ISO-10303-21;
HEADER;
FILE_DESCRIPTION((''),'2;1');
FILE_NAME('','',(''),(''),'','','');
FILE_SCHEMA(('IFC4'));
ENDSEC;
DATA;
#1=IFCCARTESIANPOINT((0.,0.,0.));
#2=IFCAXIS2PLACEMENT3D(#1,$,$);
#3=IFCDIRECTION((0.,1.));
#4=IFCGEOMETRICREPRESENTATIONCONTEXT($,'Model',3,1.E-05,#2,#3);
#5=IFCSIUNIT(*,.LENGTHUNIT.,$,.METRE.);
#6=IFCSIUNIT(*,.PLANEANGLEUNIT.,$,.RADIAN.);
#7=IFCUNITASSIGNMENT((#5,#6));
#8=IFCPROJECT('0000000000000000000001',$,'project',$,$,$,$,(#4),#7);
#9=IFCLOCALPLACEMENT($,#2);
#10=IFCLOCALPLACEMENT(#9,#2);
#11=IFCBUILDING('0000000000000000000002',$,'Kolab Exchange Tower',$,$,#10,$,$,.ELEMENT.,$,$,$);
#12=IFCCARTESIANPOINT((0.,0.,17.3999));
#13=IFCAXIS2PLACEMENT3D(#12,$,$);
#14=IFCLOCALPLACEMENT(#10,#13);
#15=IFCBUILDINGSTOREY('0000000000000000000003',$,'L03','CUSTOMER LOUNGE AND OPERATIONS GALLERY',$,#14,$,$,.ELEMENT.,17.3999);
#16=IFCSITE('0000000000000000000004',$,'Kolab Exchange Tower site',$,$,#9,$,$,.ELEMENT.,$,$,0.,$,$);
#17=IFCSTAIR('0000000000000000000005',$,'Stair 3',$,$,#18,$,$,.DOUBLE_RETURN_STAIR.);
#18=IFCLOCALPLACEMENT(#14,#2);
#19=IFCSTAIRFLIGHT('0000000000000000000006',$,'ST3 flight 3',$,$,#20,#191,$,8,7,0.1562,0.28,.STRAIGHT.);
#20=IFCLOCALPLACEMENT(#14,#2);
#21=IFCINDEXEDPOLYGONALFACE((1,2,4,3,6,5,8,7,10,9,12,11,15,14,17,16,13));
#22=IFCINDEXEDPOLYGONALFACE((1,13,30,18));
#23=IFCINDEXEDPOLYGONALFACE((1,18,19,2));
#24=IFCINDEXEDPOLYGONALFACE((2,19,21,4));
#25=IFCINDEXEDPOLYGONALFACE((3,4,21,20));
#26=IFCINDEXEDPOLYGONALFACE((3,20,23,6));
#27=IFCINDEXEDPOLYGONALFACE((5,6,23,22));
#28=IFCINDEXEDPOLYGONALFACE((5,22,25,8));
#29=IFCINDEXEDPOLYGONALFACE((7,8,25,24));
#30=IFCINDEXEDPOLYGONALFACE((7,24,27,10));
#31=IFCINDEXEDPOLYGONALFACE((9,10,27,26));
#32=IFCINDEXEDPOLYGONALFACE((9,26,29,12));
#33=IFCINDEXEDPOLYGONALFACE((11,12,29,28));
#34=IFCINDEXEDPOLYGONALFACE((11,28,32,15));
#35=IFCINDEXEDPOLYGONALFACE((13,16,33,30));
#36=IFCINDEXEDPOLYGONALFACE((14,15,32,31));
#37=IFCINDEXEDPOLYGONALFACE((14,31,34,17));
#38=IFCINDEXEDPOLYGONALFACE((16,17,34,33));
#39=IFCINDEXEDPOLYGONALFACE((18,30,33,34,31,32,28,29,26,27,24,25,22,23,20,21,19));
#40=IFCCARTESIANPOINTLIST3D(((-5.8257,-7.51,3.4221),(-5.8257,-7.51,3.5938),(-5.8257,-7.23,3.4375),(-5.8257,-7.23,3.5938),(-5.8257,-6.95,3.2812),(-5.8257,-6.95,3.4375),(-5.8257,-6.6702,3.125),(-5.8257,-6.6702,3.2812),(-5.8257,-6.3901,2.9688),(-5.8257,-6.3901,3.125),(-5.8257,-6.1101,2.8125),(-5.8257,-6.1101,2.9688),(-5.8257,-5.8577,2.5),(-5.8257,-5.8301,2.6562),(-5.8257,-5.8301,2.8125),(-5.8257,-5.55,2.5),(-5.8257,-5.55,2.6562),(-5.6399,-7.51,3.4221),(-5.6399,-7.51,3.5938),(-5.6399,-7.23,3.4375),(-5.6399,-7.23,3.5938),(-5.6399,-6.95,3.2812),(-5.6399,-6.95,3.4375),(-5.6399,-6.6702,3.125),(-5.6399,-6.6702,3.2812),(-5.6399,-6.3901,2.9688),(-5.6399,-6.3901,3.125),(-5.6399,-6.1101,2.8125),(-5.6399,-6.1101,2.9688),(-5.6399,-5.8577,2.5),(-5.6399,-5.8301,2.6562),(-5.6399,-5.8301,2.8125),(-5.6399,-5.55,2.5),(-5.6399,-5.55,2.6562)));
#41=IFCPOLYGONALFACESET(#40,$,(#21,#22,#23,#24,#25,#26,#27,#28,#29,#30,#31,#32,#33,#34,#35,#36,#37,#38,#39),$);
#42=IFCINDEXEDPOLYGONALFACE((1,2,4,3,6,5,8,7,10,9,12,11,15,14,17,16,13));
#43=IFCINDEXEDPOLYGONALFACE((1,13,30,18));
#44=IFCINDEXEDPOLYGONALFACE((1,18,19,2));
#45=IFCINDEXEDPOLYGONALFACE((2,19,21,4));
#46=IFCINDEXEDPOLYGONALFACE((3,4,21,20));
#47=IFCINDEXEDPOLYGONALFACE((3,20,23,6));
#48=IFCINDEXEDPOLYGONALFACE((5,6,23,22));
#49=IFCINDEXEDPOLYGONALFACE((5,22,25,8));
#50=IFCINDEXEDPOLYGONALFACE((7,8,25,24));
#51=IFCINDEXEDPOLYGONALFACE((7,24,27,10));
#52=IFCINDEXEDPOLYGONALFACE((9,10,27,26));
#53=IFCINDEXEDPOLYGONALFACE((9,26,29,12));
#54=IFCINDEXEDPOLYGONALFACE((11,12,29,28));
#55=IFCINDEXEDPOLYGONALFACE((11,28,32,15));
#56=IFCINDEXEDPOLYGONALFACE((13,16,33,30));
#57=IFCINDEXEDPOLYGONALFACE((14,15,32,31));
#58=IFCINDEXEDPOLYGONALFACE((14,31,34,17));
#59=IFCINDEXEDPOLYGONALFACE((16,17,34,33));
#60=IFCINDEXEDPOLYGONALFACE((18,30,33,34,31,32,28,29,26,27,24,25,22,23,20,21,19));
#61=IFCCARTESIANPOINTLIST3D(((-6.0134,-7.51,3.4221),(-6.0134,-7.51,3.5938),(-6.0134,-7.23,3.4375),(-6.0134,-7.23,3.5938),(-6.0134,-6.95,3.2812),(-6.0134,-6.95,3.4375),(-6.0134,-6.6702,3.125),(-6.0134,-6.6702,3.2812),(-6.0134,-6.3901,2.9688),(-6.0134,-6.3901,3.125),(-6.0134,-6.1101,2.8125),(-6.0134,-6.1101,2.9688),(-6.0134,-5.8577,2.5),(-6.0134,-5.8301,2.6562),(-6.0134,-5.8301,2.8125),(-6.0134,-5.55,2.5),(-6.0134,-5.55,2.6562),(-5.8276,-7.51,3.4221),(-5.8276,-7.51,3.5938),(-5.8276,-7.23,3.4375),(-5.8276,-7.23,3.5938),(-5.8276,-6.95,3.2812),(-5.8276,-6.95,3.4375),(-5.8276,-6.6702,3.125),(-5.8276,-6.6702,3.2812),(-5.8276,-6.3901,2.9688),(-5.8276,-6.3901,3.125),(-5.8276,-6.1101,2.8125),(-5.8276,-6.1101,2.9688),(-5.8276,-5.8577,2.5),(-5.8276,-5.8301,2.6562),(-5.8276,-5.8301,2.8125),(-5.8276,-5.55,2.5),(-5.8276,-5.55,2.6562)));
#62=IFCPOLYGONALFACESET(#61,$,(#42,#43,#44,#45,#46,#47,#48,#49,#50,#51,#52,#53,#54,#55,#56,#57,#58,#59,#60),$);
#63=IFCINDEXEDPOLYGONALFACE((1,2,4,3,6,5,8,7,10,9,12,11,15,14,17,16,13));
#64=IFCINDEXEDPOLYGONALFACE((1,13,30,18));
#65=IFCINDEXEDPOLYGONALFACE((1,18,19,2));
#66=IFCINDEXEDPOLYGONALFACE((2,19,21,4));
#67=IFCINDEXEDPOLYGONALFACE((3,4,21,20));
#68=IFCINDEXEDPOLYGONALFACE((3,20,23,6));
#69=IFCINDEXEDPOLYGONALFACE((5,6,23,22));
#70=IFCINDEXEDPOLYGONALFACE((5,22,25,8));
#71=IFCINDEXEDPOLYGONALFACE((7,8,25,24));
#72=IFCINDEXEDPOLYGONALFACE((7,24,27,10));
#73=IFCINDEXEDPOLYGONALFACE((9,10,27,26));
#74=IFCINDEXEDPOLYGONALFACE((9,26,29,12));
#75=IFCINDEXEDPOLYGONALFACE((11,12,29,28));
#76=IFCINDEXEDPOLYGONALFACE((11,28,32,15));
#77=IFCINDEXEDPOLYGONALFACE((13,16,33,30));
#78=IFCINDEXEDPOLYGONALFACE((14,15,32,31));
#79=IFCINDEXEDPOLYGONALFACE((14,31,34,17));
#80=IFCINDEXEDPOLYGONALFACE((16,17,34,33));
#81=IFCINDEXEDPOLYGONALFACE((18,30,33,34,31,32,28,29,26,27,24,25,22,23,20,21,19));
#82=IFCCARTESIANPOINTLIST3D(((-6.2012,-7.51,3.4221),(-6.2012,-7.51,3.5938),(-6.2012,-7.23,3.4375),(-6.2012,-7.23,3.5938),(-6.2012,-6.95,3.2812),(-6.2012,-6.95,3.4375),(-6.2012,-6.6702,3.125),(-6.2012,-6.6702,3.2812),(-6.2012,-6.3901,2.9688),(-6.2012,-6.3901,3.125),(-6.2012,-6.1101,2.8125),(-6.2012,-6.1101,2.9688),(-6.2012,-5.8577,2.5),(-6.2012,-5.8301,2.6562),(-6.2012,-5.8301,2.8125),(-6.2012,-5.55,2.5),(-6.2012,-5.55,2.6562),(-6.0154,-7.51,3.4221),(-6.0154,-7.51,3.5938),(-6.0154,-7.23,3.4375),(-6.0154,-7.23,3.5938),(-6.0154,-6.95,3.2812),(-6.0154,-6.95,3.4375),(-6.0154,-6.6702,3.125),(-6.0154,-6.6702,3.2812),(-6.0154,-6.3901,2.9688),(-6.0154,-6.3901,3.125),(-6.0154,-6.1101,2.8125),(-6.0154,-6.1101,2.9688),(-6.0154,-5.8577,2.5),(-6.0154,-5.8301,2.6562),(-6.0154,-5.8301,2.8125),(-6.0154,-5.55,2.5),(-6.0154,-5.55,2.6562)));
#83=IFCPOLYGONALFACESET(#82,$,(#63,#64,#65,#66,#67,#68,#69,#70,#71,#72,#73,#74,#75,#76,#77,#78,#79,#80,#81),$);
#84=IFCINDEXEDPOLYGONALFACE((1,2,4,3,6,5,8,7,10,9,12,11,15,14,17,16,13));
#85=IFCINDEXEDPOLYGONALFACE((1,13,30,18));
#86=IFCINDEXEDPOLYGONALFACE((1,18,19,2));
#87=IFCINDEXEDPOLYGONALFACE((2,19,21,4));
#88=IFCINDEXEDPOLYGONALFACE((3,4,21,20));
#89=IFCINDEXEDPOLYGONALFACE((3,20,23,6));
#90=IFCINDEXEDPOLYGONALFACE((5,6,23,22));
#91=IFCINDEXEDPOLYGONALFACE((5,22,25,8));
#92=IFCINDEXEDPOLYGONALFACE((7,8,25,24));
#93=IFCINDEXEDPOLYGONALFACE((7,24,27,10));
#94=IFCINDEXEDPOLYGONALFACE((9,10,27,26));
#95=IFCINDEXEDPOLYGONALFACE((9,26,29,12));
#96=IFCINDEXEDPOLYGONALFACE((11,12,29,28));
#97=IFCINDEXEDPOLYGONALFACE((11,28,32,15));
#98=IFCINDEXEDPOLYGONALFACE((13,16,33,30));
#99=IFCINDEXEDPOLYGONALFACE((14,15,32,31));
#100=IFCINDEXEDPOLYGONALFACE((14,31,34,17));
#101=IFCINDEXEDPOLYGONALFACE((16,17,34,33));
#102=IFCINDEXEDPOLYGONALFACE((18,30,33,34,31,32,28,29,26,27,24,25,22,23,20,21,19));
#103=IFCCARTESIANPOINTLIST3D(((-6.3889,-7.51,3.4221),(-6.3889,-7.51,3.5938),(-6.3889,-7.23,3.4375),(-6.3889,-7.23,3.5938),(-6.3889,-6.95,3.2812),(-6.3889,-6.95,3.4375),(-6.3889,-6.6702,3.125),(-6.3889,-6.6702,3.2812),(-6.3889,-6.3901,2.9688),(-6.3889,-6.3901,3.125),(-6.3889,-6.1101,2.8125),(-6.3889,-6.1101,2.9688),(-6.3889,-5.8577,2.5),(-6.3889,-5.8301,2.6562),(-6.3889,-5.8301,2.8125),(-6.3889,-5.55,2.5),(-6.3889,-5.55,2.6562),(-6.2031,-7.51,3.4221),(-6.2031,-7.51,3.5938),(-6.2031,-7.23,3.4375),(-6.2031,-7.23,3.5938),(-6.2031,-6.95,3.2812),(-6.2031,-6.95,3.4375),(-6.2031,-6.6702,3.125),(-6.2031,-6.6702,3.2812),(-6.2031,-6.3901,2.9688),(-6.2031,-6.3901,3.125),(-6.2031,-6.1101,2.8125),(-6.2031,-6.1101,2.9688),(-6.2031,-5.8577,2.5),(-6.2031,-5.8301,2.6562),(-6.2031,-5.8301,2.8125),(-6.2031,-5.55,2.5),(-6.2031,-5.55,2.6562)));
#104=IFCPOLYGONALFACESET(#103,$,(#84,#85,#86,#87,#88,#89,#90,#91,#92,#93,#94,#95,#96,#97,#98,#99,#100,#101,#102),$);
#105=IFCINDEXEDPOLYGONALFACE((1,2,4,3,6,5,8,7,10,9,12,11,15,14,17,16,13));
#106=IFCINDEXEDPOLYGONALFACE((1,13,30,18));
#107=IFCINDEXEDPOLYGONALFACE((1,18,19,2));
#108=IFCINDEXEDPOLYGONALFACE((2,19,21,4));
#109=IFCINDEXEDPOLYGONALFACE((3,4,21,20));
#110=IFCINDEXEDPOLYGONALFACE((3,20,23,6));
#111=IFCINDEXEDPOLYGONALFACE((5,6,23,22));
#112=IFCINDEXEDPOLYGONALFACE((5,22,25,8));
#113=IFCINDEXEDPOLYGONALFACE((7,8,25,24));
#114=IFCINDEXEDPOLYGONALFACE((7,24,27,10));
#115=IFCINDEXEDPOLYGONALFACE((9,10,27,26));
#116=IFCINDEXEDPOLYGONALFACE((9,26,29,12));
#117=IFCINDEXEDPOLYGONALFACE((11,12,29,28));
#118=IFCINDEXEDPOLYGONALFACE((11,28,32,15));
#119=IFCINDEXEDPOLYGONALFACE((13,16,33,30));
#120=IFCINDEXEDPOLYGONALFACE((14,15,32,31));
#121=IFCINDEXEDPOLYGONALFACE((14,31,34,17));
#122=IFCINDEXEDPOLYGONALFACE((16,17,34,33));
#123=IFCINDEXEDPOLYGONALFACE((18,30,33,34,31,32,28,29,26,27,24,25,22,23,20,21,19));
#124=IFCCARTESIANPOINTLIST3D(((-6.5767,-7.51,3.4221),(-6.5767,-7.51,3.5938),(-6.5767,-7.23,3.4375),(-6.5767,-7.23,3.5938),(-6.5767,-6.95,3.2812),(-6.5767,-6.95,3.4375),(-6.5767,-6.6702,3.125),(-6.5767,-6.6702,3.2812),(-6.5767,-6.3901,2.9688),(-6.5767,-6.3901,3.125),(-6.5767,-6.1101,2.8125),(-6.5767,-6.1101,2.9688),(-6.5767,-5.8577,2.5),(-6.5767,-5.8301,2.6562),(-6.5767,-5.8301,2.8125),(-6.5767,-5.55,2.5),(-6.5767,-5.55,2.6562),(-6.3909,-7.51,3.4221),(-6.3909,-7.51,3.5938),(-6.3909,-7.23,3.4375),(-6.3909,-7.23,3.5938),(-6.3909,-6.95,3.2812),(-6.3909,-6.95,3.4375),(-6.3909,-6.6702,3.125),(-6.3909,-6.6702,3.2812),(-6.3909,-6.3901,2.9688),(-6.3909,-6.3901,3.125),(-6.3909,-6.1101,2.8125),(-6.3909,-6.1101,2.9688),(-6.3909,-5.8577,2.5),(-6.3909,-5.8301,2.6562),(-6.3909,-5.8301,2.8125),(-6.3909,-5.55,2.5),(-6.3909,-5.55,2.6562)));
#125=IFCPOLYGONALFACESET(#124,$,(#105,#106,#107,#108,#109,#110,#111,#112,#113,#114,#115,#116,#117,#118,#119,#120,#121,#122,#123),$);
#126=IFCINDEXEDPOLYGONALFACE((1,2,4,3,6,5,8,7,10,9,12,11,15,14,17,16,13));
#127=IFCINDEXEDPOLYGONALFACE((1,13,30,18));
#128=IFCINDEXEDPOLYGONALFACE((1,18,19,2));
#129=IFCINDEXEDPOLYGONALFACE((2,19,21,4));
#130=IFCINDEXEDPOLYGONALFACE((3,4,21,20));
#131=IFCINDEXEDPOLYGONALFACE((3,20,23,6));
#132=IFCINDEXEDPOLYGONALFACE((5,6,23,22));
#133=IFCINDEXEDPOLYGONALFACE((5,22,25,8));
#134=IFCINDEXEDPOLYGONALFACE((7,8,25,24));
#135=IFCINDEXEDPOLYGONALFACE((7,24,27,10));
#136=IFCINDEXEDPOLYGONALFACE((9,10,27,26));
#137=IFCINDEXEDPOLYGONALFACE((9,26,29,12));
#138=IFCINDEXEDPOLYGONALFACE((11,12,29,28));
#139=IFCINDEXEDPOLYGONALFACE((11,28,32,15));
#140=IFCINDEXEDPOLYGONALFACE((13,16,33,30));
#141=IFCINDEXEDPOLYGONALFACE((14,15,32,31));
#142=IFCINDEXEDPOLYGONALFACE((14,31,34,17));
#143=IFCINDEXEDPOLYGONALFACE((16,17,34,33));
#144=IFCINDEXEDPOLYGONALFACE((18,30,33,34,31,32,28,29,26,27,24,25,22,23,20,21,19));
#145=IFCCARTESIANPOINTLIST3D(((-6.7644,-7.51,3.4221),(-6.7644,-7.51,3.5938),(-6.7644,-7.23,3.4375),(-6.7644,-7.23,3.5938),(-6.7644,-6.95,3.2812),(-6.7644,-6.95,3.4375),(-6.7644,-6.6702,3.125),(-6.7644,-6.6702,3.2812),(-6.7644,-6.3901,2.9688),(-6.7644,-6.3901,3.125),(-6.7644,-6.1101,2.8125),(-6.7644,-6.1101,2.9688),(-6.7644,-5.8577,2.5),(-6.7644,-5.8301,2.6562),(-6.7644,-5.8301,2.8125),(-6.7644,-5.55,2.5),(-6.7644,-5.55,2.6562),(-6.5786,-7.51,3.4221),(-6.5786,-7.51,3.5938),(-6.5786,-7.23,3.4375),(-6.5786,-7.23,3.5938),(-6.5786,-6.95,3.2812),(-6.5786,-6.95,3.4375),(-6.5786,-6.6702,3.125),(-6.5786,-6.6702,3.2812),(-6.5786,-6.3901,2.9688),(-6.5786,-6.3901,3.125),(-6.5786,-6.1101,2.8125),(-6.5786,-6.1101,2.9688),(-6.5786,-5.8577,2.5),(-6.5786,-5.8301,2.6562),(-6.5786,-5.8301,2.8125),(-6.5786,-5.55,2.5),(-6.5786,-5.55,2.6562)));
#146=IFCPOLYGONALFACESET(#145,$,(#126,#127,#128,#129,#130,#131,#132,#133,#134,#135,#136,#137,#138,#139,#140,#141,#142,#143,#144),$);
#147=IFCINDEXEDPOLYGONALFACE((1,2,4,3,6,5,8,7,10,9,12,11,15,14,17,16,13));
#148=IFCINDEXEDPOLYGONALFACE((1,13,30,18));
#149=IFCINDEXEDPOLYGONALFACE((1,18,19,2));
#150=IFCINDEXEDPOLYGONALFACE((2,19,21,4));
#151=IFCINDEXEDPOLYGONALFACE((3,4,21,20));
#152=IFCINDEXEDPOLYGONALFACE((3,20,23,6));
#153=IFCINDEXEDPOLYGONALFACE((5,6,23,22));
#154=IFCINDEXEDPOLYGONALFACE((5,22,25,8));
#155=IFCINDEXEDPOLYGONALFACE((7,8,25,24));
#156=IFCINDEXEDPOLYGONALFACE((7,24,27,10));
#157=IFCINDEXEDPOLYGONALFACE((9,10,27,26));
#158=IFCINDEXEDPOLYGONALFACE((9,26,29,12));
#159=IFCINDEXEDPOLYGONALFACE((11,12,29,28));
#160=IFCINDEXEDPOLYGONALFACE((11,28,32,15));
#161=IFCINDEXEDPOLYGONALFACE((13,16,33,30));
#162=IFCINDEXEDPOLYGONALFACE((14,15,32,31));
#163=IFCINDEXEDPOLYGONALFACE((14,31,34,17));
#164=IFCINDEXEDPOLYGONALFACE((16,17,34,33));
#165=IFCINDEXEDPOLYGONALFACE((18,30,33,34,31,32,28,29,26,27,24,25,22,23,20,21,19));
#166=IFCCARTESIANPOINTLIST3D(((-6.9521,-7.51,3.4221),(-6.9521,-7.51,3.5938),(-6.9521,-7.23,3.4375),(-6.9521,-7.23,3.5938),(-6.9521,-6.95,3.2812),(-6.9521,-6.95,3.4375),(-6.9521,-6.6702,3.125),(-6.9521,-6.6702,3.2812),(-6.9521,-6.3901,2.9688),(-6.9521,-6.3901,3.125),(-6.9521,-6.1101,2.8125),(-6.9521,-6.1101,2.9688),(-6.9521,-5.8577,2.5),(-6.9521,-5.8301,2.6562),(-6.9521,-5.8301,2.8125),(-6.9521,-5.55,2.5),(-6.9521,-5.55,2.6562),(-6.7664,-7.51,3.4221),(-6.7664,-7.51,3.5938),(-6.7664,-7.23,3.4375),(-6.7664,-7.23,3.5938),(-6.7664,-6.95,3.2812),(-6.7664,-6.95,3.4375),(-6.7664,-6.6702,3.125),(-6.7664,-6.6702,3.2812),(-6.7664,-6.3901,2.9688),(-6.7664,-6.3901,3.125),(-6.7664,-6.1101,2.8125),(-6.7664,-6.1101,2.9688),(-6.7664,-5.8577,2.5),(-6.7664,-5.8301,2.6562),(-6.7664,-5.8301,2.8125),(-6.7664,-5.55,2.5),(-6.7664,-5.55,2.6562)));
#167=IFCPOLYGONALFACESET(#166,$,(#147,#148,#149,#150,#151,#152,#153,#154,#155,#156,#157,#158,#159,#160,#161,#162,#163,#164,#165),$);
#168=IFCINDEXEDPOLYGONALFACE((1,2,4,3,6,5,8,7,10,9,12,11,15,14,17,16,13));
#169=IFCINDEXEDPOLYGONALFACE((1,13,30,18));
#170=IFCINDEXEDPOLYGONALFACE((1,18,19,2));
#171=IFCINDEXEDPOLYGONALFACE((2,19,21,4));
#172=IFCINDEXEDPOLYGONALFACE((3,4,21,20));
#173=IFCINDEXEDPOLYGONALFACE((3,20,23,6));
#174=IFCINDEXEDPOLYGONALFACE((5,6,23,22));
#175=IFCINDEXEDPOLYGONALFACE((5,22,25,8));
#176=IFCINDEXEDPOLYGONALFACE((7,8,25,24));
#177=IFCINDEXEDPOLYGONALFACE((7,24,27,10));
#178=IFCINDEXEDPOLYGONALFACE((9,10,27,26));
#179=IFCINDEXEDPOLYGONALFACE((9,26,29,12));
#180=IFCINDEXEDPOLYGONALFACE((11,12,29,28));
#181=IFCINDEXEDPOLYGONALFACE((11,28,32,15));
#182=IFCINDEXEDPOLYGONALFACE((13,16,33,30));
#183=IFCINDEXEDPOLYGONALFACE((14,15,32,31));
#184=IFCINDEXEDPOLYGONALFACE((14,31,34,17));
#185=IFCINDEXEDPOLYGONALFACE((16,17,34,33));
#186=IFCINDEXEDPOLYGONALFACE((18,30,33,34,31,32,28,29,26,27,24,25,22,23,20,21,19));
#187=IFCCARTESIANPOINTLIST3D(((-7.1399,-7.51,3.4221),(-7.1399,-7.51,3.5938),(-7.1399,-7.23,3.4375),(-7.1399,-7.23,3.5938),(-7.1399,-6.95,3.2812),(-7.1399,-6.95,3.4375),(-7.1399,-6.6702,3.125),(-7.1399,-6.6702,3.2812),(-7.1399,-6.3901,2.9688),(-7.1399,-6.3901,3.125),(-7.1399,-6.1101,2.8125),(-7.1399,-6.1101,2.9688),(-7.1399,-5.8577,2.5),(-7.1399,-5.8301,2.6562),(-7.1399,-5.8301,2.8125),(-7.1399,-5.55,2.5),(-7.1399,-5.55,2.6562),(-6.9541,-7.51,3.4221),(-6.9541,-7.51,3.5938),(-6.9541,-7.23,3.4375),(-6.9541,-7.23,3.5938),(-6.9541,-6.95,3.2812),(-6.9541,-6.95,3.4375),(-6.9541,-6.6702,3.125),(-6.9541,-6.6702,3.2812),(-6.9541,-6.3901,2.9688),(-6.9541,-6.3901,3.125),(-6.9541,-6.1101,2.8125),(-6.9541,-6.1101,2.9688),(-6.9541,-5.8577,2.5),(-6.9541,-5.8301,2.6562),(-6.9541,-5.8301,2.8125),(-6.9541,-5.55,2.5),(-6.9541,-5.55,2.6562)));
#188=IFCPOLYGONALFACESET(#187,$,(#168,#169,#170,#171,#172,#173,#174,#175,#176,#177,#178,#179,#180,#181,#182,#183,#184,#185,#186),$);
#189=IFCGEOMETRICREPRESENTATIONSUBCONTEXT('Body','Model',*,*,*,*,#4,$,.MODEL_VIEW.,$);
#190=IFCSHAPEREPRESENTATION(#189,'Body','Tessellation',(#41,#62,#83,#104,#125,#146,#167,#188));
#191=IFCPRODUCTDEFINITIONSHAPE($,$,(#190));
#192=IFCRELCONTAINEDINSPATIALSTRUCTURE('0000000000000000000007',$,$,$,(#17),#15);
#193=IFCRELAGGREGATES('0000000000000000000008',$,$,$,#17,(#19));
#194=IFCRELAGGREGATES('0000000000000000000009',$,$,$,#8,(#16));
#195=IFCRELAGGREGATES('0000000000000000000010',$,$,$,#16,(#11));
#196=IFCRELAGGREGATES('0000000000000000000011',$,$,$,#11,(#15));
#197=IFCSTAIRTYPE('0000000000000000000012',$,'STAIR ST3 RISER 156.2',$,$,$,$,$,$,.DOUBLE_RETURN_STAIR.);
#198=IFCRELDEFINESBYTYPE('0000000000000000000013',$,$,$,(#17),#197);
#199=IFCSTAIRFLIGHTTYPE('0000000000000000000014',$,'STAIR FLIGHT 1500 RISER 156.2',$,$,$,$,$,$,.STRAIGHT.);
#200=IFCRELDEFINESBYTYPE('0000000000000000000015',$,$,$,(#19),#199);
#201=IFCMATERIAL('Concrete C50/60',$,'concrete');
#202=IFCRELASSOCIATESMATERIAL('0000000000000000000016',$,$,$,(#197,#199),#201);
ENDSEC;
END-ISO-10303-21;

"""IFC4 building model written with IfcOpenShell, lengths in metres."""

from ifc_helpers import new_model, si_unit, direction, frame, origin, place, context, subcontext, project, spatial, polyline, outline, extrude, material, type_object, element, aggregate, save


model = new_model("IFC4")

# Units and contexts
model_context = context("Model", 3, precision=1e-05, world=origin(), true_north=direction((0.0, 1.0)))
body_context = subcontext(model_context, "Body", "Model", "MODEL_VIEW")
ifc_project = project(units=[si_unit("LENGTHUNIT", "METRE"), si_unit("PLANEANGLEUNIT", "RADIAN")], contexts=[model_context])

# Site, building, storey
site_placement = place(None, origin())
site = spatial("IfcSite", under=ifc_project, at=site_placement, Name="Kolab Exchange Tower site", CompositionType="ELEMENT", RefElevation=0.0)
building_placement = place(site_placement, origin())
building = spatial("IfcBuilding", under=site, at=building_placement, Name="Kolab Exchange Tower", CompositionType="ELEMENT")
storey_placement = place(building_placement, frame((0.0, 0.0, 17.3999)))
storey = spatial("IfcBuildingStorey", under=building, at=storey_placement, Name="L03", Description="CUSTOMER LOUNGE AND OPERATIONS GALLERY", CompositionType="ELEMENT", Elevation=17.3999)

# Shared definitions
ifc_material_1 = material(Name="Concrete C50/60", Category="concrete")

# Stair, stair flight
stair_type = type_object("IfcStairType", Name="STAIR ST3 RISER 156.2", PredefinedType="DOUBLE_RETURN_STAIR", material=ifc_material_1)
stair_placement = place(storey_placement, origin())
stair = element("IfcStair", 1, at=stair_placement, inside=storey, type_object=stair_type, Name="Stair 3", PredefinedType="DOUBLE_RETURN_STAIR")
stair_flight_type = type_object("IfcStairFlightType", Name="STAIR FLIGHT 1500 RISER 156.2", PredefinedType="STRAIGHT", material=ifc_material_1)
stair_flight_1_placement = place(storey_placement, frame((-6.3899, -5.55, 2.5), z_axis=(0.0, 0.0, 1.0), x_axis=(0.0, -1.0, 0.0)))
stair_flight_1 = element("IfcStairFlight", 2, at=stair_flight_1_placement, type_object=stair_flight_type, Name="ST3 flight 3", NumberOfRisers=8, NumberOfTreads=7, PredefinedType="STRAIGHT", RiserHeight=0.1562, TreadLength=0.28, context=body_context, shape_type="SweptSolid", body=[
    extrude(outline(polyline([(0.0, 0.0), (0.0, 0.1562), (0.28, 0.1562), (0.28, 0.3125), (0.5601, 0.3125), (0.5601, 0.4688), (0.8401, 0.4688), (0.8401, 0.625), (1.1201, 0.625), (1.1201, 0.7812), (1.3999, 0.7812), (1.3999, 0.9375), (1.6799, 0.9375), (1.6799, 1.0938), (1.96, 1.0938), (1.96, 1.25), (1.96, 0.9221), (0.3076, 0.0), (0.0, 0.0)])), frame((0.0, 0.75, 0.0), z_axis=(0.0, -1.0, 0.0), x_axis=(1.0, 0.0, 0.0)), (0.0, 0.0, 1.0), 0.1858),
    extrude(outline(polyline([(0.0, 0.0), (0.0, 0.1562), (0.28, 0.1562), (0.28, 0.3125), (0.5601, 0.3125), (0.5601, 0.4688), (0.8401, 0.4688), (0.8401, 0.625), (1.1201, 0.625), (1.1201, 0.7812), (1.3999, 0.7812), (1.3999, 0.9375), (1.6799, 0.9375), (1.6799, 1.0938), (1.96, 1.0938), (1.96, 1.25), (1.96, 0.9221), (0.3076, 0.0), (0.0, 0.0)])), frame((0.0, 0.5623, 0.0), z_axis=(0.0, -1.0, 0.0), x_axis=(1.0, 0.0, 0.0)), (0.0, 0.0, 1.0), 0.1858),
    extrude(outline(polyline([(0.0, 0.0), (0.0, 0.1562), (0.28, 0.1562), (0.28, 0.3125), (0.5601, 0.3125), (0.5601, 0.4688), (0.8401, 0.4688), (0.8401, 0.625), (1.1201, 0.625), (1.1201, 0.7812), (1.3999, 0.7812), (1.3999, 0.9375), (1.6799, 0.9375), (1.6799, 1.0938), (1.96, 1.0938), (1.96, 1.25), (1.96, 0.9221), (0.3076, 0.0), (0.0, 0.0)])), frame((0.0, 0.3745, 0.0), z_axis=(0.0, -1.0, 0.0), x_axis=(1.0, 0.0, 0.0)), (0.0, 0.0, 1.0), 0.1858),
    extrude(outline(polyline([(0.0, 0.0), (0.0, 0.1562), (0.28, 0.1562), (0.28, 0.3125), (0.5601, 0.3125), (0.5601, 0.4688), (0.8401, 0.4688), (0.8401, 0.625), (1.1201, 0.625), (1.1201, 0.7812), (1.3999, 0.7812), (1.3999, 0.9375), (1.6799, 0.9375), (1.6799, 1.0938), (1.96, 1.0938), (1.96, 1.25), (1.96, 0.9221), (0.3076, 0.0), (0.0, 0.0)])), frame((0.0, 0.1868, 0.0), z_axis=(0.0, -1.0, 0.0), x_axis=(1.0, 0.0, 0.0)), (0.0, 0.0, 1.0), 0.1858),
    extrude(outline(polyline([(0.0, 0.0), (0.0, 0.1562), (0.28, 0.1562), (0.28, 0.3125), (0.5601, 0.3125), (0.5601, 0.4688), (0.8401, 0.4688), (0.8401, 0.625), (1.1201, 0.625), (1.1201, 0.7812), (1.3999, 0.7812), (1.3999, 0.9375), (1.6799, 0.9375), (1.6799, 1.0938), (1.96, 1.0938), (1.96, 1.25), (1.96, 0.9221), (0.3076, 0.0), (0.0, 0.0)])), frame((0.0, -0.001, 0.0), z_axis=(0.0, -1.0, 0.0), x_axis=(1.0, 0.0, 0.0)), (0.0, 0.0, 1.0), 0.1858),
    extrude(outline(polyline([(0.0, 0.0), (0.0, 0.1562), (0.28, 0.1562), (0.28, 0.3125), (0.5601, 0.3125), (0.5601, 0.4688), (0.8401, 0.4688), (0.8401, 0.625), (1.1201, 0.625), (1.1201, 0.7812), (1.3999, 0.7812), (1.3999, 0.9375), (1.6799, 0.9375), (1.6799, 1.0938), (1.96, 1.0938), (1.96, 1.25), (1.96, 0.9221), (0.3076, 0.0), (0.0, 0.0)])), frame((0.0, -0.1887, 0.0), z_axis=(0.0, -1.0, 0.0), x_axis=(1.0, 0.0, 0.0)), (0.0, 0.0, 1.0), 0.1858),
    extrude(outline(polyline([(0.0, 0.0), (0.0, 0.1562), (0.28, 0.1562), (0.28, 0.3125), (0.5601, 0.3125), (0.5601, 0.4688), (0.8401, 0.4688), (0.8401, 0.625), (1.1201, 0.625), (1.1201, 0.7812), (1.3999, 0.7812), (1.3999, 0.9375), (1.6799, 0.9375), (1.6799, 1.0938), (1.96, 1.0938), (1.96, 1.25), (1.96, 0.9221), (0.3076, 0.0), (0.0, 0.0)])), frame((0.0, -0.3765, 0.0), z_axis=(0.0, -1.0, 0.0), x_axis=(1.0, 0.0, 0.0)), (0.0, 0.0, 1.0), 0.1858),
    extrude(outline(polyline([(0.0, 0.0), (0.0, 0.1562), (0.28, 0.1562), (0.28, 0.3125), (0.5601, 0.3125), (0.5601, 0.4688), (0.8401, 0.4688), (0.8401, 0.625), (1.1201, 0.625), (1.1201, 0.7812), (1.3999, 0.7812), (1.3999, 0.9375), (1.6799, 0.9375), (1.6799, 1.0938), (1.96, 1.0938), (1.96, 1.25), (1.96, 0.9221), (0.3076, 0.0), (0.0, 0.0)])), frame((0.0, -0.5642, 0.0), z_axis=(0.0, -1.0, 0.0), x_axis=(1.0, 0.0, 0.0)), (0.0, 0.0, 1.0), 0.1858),
])
aggregate(stair, [stair_flight_1])

save(model, "model.ifc")
